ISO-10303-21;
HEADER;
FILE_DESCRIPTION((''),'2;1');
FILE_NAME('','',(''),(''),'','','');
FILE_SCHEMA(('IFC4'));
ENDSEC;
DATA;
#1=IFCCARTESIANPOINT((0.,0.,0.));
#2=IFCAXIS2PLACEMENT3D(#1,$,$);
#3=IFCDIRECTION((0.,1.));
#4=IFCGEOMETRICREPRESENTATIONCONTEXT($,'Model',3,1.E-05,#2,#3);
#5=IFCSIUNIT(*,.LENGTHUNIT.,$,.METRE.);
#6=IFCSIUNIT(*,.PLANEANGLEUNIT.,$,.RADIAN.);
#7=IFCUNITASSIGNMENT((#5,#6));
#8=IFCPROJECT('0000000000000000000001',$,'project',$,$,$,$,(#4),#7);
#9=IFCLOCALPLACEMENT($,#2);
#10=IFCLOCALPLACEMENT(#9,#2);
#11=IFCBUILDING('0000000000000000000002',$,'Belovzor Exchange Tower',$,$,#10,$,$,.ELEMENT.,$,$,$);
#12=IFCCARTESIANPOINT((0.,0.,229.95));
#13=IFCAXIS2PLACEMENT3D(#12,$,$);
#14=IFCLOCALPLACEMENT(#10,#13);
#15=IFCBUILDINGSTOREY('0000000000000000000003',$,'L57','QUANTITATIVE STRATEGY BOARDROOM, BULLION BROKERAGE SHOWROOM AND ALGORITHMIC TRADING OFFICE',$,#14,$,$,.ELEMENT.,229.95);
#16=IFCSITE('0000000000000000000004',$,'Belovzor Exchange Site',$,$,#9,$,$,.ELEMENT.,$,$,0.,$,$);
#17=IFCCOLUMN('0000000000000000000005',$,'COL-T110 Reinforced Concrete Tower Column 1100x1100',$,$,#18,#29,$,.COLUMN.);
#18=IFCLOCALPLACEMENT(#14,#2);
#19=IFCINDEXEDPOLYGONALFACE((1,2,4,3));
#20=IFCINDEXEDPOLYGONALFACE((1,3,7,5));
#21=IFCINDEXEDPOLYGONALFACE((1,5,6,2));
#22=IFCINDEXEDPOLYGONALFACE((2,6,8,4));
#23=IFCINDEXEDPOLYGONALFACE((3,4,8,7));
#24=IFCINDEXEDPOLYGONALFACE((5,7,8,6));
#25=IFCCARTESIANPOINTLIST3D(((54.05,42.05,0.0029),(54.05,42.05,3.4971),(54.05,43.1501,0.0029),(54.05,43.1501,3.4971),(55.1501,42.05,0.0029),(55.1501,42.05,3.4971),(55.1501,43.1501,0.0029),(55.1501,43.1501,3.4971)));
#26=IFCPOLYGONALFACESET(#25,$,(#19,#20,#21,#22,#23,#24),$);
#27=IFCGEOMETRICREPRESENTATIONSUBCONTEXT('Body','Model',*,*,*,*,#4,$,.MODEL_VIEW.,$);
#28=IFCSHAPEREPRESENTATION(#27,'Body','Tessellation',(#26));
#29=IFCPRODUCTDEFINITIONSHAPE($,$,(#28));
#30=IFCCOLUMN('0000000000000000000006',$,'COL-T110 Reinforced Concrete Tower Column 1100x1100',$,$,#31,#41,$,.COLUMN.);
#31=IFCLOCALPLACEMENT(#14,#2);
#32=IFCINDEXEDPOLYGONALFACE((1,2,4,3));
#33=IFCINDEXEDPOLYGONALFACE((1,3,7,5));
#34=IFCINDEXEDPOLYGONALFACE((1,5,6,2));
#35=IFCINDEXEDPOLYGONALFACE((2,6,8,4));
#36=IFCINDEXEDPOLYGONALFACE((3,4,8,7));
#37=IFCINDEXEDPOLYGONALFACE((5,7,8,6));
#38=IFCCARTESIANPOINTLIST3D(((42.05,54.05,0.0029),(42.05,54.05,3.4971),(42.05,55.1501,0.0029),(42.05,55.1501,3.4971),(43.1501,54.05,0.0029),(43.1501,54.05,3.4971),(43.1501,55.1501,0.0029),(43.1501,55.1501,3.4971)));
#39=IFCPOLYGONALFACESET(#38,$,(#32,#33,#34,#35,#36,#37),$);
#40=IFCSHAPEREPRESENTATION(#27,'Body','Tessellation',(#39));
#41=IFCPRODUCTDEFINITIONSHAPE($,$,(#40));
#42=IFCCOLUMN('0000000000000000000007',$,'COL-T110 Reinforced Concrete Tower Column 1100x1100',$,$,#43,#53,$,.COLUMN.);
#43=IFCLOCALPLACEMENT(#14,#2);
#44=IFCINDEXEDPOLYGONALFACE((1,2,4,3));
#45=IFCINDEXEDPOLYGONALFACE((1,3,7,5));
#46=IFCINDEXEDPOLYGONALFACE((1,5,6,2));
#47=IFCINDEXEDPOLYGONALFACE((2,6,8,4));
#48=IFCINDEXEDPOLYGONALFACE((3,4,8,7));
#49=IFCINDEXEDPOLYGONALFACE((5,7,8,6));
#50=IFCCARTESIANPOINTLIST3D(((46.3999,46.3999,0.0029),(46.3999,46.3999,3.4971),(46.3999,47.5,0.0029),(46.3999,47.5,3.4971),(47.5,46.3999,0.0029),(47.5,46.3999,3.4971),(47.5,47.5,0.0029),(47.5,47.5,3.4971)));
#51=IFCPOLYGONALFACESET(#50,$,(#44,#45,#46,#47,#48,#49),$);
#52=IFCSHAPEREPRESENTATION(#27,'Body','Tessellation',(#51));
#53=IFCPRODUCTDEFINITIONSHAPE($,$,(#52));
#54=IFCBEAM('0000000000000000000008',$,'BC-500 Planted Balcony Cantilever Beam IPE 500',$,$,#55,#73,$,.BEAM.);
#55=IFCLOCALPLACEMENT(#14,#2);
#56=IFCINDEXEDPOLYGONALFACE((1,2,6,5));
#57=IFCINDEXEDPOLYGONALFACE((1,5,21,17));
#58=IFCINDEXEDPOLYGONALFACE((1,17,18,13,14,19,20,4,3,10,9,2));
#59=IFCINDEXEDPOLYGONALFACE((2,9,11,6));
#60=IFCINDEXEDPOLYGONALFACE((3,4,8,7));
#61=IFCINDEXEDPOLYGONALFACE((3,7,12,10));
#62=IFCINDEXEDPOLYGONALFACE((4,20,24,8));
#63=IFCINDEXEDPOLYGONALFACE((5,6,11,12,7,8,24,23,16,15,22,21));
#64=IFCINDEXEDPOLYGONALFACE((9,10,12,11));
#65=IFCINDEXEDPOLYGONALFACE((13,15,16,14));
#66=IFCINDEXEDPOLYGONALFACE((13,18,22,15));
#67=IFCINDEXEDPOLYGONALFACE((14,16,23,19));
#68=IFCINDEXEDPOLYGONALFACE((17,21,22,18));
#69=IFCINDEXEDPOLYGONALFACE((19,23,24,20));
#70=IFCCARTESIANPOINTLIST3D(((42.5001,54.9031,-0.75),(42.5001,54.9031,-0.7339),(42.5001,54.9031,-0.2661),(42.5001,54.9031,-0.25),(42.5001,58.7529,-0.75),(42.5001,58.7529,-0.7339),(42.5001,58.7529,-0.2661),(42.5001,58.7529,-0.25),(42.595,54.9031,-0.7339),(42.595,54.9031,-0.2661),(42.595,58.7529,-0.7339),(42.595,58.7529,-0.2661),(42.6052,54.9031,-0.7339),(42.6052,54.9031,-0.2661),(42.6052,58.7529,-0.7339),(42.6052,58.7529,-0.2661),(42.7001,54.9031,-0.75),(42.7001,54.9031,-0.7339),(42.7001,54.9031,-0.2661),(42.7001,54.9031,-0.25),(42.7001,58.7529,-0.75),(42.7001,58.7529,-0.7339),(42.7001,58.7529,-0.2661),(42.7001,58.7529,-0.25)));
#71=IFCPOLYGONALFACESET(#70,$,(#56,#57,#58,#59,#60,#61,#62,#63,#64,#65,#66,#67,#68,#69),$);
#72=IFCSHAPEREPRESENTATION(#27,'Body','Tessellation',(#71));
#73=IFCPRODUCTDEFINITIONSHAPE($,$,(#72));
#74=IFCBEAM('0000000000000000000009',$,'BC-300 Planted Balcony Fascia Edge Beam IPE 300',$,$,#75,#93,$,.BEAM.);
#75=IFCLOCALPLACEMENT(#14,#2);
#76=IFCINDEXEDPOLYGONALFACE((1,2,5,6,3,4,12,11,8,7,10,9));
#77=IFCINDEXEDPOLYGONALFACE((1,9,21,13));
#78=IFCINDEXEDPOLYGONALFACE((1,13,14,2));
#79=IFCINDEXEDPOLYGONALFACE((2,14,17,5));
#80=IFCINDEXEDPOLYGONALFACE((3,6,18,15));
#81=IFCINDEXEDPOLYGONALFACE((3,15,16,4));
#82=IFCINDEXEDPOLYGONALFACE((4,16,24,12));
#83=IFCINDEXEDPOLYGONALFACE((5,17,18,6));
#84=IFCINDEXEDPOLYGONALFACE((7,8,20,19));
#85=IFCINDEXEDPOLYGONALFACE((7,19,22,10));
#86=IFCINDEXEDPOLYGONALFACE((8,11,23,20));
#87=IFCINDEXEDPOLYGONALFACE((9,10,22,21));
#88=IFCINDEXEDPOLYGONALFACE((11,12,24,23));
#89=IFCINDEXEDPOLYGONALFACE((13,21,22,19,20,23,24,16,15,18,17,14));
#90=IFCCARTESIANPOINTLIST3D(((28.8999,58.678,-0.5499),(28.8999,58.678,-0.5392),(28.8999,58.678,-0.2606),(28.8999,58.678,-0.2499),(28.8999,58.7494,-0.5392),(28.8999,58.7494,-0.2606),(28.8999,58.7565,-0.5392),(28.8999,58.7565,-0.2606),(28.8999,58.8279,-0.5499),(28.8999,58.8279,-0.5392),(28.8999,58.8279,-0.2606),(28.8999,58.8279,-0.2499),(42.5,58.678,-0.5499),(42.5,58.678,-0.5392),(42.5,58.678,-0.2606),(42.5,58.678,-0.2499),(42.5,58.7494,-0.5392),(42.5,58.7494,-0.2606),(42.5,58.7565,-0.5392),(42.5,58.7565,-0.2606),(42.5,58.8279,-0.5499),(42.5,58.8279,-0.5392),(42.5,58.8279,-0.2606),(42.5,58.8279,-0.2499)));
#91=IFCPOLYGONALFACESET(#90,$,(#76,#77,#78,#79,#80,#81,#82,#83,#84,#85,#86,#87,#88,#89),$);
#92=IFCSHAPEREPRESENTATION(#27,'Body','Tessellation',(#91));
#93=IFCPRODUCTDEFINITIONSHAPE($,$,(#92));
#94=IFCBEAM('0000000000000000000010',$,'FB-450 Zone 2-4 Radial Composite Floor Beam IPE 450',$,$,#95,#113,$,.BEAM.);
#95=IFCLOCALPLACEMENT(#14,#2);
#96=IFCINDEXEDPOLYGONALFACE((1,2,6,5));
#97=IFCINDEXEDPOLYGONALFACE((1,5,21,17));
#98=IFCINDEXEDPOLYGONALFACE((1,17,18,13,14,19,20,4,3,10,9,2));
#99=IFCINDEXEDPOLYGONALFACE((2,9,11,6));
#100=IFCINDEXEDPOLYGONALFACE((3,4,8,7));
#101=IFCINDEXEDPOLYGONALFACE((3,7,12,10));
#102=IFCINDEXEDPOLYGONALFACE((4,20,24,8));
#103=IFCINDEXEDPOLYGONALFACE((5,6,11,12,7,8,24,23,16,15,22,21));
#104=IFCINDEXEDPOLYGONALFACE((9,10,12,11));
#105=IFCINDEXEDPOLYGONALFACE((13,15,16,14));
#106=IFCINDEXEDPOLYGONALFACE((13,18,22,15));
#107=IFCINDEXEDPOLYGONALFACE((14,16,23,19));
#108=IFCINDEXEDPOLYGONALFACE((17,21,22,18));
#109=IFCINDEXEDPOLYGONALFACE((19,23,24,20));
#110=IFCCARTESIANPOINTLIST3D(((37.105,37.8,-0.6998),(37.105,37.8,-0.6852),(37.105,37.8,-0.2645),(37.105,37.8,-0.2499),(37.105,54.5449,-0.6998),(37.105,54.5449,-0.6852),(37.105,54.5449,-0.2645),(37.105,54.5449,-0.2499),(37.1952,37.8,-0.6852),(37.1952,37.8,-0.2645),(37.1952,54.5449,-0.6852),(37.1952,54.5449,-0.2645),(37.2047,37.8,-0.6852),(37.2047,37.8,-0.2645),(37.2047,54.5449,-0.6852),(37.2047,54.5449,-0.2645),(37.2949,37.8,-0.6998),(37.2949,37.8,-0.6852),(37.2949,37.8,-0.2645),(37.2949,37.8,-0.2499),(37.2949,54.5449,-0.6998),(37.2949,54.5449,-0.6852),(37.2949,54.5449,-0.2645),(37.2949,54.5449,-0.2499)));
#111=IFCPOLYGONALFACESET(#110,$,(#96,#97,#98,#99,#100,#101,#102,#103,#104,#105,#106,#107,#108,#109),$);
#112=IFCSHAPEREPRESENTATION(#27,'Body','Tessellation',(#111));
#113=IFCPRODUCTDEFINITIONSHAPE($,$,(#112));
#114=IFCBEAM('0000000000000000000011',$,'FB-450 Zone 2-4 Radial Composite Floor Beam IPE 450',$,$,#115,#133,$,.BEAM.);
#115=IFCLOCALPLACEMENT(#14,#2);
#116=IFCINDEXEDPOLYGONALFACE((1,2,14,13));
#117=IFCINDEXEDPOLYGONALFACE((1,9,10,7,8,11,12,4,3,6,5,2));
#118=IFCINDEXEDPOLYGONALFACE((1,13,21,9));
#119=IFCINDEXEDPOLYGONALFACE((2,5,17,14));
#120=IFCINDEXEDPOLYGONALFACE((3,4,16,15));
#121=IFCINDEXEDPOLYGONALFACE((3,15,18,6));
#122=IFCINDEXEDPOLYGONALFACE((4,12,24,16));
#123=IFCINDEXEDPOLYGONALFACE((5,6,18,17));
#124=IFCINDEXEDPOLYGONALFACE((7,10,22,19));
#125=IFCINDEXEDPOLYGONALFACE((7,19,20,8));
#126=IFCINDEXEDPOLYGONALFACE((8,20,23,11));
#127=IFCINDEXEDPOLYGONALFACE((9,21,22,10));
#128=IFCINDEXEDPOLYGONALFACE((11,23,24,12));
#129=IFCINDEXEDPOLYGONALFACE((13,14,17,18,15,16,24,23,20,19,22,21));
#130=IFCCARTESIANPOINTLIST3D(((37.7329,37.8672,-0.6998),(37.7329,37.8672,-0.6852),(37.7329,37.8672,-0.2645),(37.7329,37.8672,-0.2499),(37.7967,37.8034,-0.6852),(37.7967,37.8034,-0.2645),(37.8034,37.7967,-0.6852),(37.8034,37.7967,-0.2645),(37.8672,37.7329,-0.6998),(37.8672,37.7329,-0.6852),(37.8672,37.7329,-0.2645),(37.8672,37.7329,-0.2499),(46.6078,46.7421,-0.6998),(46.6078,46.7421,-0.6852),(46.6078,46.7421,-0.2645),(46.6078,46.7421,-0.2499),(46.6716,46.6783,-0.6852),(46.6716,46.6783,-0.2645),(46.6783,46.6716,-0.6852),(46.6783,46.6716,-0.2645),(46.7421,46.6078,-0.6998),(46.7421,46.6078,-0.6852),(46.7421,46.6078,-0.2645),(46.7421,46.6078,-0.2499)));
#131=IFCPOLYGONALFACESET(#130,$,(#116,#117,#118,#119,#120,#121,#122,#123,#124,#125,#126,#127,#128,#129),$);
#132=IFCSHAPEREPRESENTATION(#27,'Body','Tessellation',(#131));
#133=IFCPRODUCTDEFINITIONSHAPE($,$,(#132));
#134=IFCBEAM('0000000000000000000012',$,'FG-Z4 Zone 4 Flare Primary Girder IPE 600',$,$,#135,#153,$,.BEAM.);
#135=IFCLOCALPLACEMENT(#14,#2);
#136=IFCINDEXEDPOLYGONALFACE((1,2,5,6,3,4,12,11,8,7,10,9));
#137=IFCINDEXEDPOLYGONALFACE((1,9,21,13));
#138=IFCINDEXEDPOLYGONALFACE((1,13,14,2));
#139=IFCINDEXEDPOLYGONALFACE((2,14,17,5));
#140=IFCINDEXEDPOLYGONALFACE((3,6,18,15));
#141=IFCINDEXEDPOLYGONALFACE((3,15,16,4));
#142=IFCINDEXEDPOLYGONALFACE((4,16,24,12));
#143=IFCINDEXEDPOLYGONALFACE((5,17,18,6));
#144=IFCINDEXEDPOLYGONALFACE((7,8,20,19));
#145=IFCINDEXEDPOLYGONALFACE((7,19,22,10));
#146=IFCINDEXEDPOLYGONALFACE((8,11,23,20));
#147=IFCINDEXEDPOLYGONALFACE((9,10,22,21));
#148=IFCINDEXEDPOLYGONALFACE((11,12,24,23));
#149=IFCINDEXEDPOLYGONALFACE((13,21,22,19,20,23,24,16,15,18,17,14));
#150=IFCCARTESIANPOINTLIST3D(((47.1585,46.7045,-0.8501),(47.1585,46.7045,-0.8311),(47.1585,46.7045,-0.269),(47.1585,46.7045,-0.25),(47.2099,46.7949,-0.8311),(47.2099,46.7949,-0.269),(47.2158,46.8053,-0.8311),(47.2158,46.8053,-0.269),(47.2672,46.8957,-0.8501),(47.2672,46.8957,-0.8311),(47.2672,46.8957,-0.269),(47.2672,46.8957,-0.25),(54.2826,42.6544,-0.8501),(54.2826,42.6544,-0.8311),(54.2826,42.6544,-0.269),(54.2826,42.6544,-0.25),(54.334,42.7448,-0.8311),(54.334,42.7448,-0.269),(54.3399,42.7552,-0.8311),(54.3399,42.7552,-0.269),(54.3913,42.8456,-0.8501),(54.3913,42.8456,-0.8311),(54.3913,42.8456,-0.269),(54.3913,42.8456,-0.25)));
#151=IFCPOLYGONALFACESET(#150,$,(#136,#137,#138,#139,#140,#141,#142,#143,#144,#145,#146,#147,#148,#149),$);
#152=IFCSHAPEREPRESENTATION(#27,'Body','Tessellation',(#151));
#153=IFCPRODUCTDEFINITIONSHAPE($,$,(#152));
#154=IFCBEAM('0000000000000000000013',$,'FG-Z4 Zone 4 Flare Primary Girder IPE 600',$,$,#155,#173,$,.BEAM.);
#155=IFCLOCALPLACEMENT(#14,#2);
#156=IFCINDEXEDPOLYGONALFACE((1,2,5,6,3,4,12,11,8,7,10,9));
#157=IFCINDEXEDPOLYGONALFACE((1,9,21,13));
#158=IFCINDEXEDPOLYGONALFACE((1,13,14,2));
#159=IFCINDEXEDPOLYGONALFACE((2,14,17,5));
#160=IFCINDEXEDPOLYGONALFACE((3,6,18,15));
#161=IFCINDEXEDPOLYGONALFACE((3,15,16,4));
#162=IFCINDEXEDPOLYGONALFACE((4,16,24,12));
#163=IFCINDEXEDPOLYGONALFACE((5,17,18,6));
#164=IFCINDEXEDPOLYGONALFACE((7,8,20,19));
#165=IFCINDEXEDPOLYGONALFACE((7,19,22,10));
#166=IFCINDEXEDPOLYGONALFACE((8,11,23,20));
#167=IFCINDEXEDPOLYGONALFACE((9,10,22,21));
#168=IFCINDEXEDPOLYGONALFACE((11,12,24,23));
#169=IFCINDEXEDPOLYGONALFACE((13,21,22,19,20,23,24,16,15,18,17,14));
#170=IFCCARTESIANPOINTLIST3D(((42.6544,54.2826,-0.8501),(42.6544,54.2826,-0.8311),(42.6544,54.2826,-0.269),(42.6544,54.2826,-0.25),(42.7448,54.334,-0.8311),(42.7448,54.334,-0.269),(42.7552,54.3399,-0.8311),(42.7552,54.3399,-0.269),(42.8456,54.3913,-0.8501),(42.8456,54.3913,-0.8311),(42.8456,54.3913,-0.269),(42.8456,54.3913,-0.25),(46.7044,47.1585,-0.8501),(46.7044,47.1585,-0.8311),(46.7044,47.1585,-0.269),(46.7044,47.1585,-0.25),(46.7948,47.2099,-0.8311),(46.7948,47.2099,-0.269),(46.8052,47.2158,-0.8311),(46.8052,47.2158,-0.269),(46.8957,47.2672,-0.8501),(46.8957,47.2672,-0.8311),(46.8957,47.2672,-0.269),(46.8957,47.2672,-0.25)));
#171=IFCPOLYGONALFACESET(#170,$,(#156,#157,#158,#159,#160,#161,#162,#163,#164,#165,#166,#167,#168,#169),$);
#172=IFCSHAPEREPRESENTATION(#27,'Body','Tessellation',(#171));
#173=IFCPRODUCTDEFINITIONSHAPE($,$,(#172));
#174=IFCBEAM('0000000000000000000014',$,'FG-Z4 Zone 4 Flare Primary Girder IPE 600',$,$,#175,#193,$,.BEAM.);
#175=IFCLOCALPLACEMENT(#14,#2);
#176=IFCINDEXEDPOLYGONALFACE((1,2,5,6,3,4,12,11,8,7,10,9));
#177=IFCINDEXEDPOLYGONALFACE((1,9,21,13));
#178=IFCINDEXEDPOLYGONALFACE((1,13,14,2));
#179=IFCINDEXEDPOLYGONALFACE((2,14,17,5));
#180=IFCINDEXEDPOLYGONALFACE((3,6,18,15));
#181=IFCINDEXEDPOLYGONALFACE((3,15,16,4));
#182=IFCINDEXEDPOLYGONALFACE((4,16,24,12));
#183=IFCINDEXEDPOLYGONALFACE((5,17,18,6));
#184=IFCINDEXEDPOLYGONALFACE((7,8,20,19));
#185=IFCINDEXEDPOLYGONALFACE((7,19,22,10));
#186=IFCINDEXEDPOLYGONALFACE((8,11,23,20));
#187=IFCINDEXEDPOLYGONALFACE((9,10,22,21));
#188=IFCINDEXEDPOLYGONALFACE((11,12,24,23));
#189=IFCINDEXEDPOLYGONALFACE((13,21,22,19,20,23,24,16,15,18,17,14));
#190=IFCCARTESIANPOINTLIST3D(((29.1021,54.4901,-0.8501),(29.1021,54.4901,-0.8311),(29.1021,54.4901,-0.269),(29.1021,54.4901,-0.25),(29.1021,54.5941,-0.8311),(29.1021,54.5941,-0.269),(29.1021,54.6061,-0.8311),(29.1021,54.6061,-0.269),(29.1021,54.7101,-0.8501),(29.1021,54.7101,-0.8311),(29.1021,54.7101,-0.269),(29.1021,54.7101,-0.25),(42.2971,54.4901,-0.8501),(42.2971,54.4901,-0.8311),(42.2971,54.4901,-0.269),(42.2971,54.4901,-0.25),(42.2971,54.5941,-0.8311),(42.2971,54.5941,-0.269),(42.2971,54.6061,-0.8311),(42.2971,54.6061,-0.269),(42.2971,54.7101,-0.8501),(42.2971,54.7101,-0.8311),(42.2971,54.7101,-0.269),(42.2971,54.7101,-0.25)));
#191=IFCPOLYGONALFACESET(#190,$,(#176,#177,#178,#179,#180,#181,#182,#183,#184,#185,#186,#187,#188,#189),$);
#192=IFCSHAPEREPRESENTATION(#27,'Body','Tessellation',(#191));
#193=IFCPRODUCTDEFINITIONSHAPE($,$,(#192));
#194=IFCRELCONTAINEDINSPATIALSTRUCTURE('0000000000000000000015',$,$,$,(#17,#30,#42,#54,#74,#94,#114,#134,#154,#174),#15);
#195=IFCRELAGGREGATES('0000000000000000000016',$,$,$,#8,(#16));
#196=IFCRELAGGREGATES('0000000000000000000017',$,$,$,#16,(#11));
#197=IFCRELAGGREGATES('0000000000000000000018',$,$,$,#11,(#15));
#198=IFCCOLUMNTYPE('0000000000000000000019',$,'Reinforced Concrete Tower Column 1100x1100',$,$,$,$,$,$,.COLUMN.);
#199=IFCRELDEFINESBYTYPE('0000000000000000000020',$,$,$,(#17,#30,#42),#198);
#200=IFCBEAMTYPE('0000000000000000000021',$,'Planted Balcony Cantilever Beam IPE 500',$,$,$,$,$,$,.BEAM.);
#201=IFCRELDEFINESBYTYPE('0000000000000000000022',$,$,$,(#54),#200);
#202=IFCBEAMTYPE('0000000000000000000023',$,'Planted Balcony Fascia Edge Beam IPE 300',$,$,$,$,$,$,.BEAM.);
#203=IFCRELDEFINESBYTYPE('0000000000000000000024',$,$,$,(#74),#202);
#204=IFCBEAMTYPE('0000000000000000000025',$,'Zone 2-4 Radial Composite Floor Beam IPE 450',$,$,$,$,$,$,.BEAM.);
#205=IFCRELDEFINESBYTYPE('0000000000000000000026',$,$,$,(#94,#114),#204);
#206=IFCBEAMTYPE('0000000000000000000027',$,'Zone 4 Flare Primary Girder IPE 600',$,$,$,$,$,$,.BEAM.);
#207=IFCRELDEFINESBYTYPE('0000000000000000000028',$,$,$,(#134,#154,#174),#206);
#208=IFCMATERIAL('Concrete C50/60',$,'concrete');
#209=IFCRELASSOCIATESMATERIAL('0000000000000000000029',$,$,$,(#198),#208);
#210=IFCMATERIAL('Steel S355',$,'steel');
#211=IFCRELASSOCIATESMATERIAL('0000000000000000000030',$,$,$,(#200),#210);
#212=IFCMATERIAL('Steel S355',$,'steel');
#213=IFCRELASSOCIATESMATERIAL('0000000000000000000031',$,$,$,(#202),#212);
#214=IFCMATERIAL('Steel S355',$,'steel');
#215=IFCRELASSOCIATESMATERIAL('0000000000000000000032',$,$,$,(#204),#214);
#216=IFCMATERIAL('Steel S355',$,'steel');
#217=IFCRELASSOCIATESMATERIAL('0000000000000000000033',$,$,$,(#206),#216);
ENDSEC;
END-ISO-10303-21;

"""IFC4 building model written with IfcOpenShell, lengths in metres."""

from ifc_helpers import new_model, si_unit, direction, frame, origin, origin_2d, place, context, subcontext, project, spatial, rectangle, i_section, extrude, material, material_profile, profile_set, type_object, element, save


model = new_model("IFC4")

# Units and contexts
model_context = context("Model", 3, precision=1e-05, world=origin(), true_north=direction((0.0, 1.0)))
body_context = subcontext(model_context, "Body", "Model", "MODEL_VIEW")
ifc_project = project(units=[si_unit("LENGTHUNIT", "METRE"), si_unit("PLANEANGLEUNIT", "RADIAN")], contexts=[model_context])

# Site, building, storey
site_placement = place(None, origin())
site = spatial("IfcSite", under=ifc_project, at=site_placement, Name="Belovzor Exchange Site", CompositionType="ELEMENT", RefElevation=0.0)
building_placement = place(site_placement, origin())
building = spatial("IfcBuilding", under=site, at=building_placement, Name="Belovzor Exchange Tower", CompositionType="ELEMENT")
storey_placement = place(building_placement, frame((0.0, 0.0, 229.95)))
storey = spatial("IfcBuildingStorey", under=building, at=storey_placement, Name="L57", Description="QUANTITATIVE STRATEGY BOARDROOM, BULLION BROKERAGE SHOWROOM AND ALGORITHMIC TRADING OFFICE", CompositionType="ELEMENT", Elevation=229.95)

# Columns
ifc_material_1 = material(Name="Concrete C50/60", Category="concrete")
ifc_material_profile_1 = material_profile(ifc_material_1, rectangle(XDim=1.1001, YDim=1.1001, at=origin_2d()))
ifc_profile_set_1 = profile_set([ifc_material_profile_1], Name="Concrete C50/60")
column_type = type_object("IfcColumnType", Name="Reinforced Concrete Tower Column 1100x1100", PredefinedType="COLUMN", material=ifc_profile_set_1)
for number, where, z_axis, x_axis, name in (
    (1, (54.6001, 42.6001, 0.0029), (0.0, 0.0, 1.0), (1.0, 0.0, 0.0), "COL-T110 Reinforced Concrete Tower Column 1100x1100"),
    (2, (42.6001, 54.6001, 0.0029), (0.0, 0.0, 1.0), (1.0, 0.0, 0.0), "COL-T110 Reinforced Concrete Tower Column 1100x1100"),
    (3, (46.95, 46.95, 0.0029), (0.0, 0.0, 1.0), (1.0, 0.0, 0.0), "COL-T110 Reinforced Concrete Tower Column 1100x1100"),
):
    element("IfcColumn", number, at=place(storey_placement, frame(where, z_axis=z_axis, x_axis=x_axis)), inside=storey, type_object=column_type, Name=name, PredefinedType="COLUMN", context=body_context, shape_type="SweptSolid", body=[
        extrude(rectangle(XDim=1.1001, YDim=1.1001, at=origin_2d()), origin(), (0.0, 0.0, 1.0), 3.4941),
    ])

# Beams
ifc_material_2 = material(Name="Steel S355", Category="steel")
ifc_material_profile_2 = material_profile(ifc_material_2, i_section(OverallWidth=0.2, OverallDepth=0.5, WebThickness=0.0103, FlangeThickness=0.0161, at=origin_2d()))
ifc_profile_set_2 = profile_set([ifc_material_profile_2], Name="Steel S355")
beam_type_1 = type_object("IfcBeamType", Name="Planted Balcony Cantilever Beam IPE 500", PredefinedType="BEAM", material=ifc_profile_set_2)
beam_1_placement = place(storey_placement, frame((42.6001, 54.9031, -0.5), z_axis=(0.0, 1.0, 0.0), x_axis=(-1.0, 0.0, 0.0)))
element("IfcBeam", 4, at=beam_1_placement, inside=storey, type_object=beam_type_1, Name="BC-500 Planted Balcony Cantilever Beam IPE 500", PredefinedType="BEAM", context=body_context, shape_type="SweptSolid", body=[
    extrude(i_section(OverallWidth=0.2, OverallDepth=0.5, WebThickness=0.0103, FlangeThickness=0.0161, at=origin_2d()), origin(), (0.0, 0.0, 1.0), 3.8499),
])
ifc_material_3 = material(Name="Steel S355", Category="steel")
ifc_material_profile_3 = material_profile(ifc_material_3, i_section(OverallWidth=0.1499, OverallDepth=0.3, WebThickness=0.0071, FlangeThickness=0.0107, at=origin_2d()))
ifc_profile_set_3 = profile_set([ifc_material_profile_3], Name="Steel S355")
beam_type_2 = type_object("IfcBeamType", Name="Planted Balcony Fascia Edge Beam IPE 300", PredefinedType="BEAM", material=ifc_profile_set_3)
beam_2_placement = place(storey_placement, frame((42.5, 58.7529, -0.3999), z_axis=(-1.0, 0.0, 0.0), x_axis=(0.0, -1.0, 0.0)))
element("IfcBeam", 5, at=beam_2_placement, inside=storey, type_object=beam_type_2, Name="BC-300 Planted Balcony Fascia Edge Beam IPE 300", PredefinedType="BEAM", context=body_context, shape_type="SweptSolid", body=[
    extrude(i_section(OverallWidth=0.1499, OverallDepth=0.3, WebThickness=0.0071, FlangeThickness=0.0107, at=origin_2d()), origin(), (0.0, 0.0, 1.0), 13.6001),
])
ifc_material_4 = material(Name="Steel S355", Category="steel")
ifc_material_profile_4 = material_profile(ifc_material_4, i_section(OverallWidth=0.1899, OverallDepth=0.45, WebThickness=0.0095, FlangeThickness=0.0146, at=origin_2d()))
ifc_profile_set_4 = profile_set([ifc_material_profile_4], Name="Steel S355")
beam_type_3 = type_object("IfcBeamType", Name="Zone 2-4 Radial Composite Floor Beam IPE 450", PredefinedType="BEAM", material=ifc_profile_set_4)
beam_3_placement = place(storey_placement, frame((37.2, 37.8, -0.4749), z_axis=(0.0, 1.0, 0.0), x_axis=(-1.0, 0.0, 0.0)))
element("IfcBeam", 6, at=beam_3_placement, inside=storey, type_object=beam_type_3, Name="FB-450 Zone 2-4 Radial Composite Floor Beam IPE 450", PredefinedType="BEAM", context=body_context, shape_type="SweptSolid", body=[
    extrude(i_section(OverallWidth=0.1899, OverallDepth=0.45, WebThickness=0.0095, FlangeThickness=0.0146, at=origin_2d()), origin(), (0.0, 0.0, 1.0), 16.7449),
])
beam_4_placement = place(storey_placement, frame((37.8, 37.8, -0.4749), z_axis=(0.707107, 0.707107, 0.0), x_axis=(-0.707107, 0.707107, 0.0)))
element("IfcBeam", 7, at=beam_4_placement, inside=storey, type_object=beam_type_3, Name="FB-450 Zone 2-4 Radial Composite Floor Beam IPE 450", PredefinedType="BEAM", context=body_context, shape_type="SweptSolid", body=[
    extrude(i_section(OverallWidth=0.1899, OverallDepth=0.45, WebThickness=0.0095, FlangeThickness=0.0146, at=origin_2d()), origin(), (0.0, 0.0, 1.0), 12.551),
])
ifc_material_5 = material(Name="Steel S355", Category="steel")
ifc_material_profile_5 = material_profile(ifc_material_5, i_section(OverallWidth=0.22, OverallDepth=0.6001, WebThickness=0.012, FlangeThickness=0.019, at=origin_2d()))
ifc_profile_set_5 = profile_set([ifc_material_profile_5], Name="Steel S355")
beam_type_4 = type_object("IfcBeamType", Name="Zone 4 Flare Primary Girder IPE 600", PredefinedType="BEAM", material=ifc_profile_set_5)
for number, where, z_axis, x_axis, name in (
    (8, (54.3369, 42.75, -0.55), (-0.869336, 0.494222, 0.0), (-0.494222, -0.869336, 0.0), "FG-Z4 Zone 4 Flare Primary Girder IPE 600"),
    (9, (46.8, 47.2129, -0.55), (-0.494222, 0.869336, 0.0), (-0.869336, -0.494222, 0.0), "FG-Z4 Zone 4 Flare Primary Girder IPE 600"),
):
    element("IfcBeam", number, at=place(storey_placement, frame(where, z_axis=z_axis, x_axis=x_axis)), inside=storey, type_object=beam_type_4, Name=name, PredefinedType="BEAM", context=body_context, shape_type="SweptSolid", body=[
        extrude(i_section(OverallWidth=0.22, OverallDepth=0.6001, WebThickness=0.012, FlangeThickness=0.019, at=origin_2d()), origin(), (0.0, 0.0, 1.0), 8.1948),
    ])
beam_5_placement = place(storey_placement, frame((42.2971, 54.6001, -0.55), z_axis=(-1.0, 0.0, 0.0), x_axis=(0.0, -1.0, 0.0)))
element("IfcBeam", 10, at=beam_5_placement, inside=storey, type_object=beam_type_4, Name="FG-Z4 Zone 4 Flare Primary Girder IPE 600", PredefinedType="BEAM", context=body_context, shape_type="SweptSolid", body=[
    extrude(i_section(OverallWidth=0.22, OverallDepth=0.6001, WebThickness=0.012, FlangeThickness=0.019, at=origin_2d()), origin(), (0.0, 0.0, 1.0), 13.1951),
])

save(model, "model.ifc")
